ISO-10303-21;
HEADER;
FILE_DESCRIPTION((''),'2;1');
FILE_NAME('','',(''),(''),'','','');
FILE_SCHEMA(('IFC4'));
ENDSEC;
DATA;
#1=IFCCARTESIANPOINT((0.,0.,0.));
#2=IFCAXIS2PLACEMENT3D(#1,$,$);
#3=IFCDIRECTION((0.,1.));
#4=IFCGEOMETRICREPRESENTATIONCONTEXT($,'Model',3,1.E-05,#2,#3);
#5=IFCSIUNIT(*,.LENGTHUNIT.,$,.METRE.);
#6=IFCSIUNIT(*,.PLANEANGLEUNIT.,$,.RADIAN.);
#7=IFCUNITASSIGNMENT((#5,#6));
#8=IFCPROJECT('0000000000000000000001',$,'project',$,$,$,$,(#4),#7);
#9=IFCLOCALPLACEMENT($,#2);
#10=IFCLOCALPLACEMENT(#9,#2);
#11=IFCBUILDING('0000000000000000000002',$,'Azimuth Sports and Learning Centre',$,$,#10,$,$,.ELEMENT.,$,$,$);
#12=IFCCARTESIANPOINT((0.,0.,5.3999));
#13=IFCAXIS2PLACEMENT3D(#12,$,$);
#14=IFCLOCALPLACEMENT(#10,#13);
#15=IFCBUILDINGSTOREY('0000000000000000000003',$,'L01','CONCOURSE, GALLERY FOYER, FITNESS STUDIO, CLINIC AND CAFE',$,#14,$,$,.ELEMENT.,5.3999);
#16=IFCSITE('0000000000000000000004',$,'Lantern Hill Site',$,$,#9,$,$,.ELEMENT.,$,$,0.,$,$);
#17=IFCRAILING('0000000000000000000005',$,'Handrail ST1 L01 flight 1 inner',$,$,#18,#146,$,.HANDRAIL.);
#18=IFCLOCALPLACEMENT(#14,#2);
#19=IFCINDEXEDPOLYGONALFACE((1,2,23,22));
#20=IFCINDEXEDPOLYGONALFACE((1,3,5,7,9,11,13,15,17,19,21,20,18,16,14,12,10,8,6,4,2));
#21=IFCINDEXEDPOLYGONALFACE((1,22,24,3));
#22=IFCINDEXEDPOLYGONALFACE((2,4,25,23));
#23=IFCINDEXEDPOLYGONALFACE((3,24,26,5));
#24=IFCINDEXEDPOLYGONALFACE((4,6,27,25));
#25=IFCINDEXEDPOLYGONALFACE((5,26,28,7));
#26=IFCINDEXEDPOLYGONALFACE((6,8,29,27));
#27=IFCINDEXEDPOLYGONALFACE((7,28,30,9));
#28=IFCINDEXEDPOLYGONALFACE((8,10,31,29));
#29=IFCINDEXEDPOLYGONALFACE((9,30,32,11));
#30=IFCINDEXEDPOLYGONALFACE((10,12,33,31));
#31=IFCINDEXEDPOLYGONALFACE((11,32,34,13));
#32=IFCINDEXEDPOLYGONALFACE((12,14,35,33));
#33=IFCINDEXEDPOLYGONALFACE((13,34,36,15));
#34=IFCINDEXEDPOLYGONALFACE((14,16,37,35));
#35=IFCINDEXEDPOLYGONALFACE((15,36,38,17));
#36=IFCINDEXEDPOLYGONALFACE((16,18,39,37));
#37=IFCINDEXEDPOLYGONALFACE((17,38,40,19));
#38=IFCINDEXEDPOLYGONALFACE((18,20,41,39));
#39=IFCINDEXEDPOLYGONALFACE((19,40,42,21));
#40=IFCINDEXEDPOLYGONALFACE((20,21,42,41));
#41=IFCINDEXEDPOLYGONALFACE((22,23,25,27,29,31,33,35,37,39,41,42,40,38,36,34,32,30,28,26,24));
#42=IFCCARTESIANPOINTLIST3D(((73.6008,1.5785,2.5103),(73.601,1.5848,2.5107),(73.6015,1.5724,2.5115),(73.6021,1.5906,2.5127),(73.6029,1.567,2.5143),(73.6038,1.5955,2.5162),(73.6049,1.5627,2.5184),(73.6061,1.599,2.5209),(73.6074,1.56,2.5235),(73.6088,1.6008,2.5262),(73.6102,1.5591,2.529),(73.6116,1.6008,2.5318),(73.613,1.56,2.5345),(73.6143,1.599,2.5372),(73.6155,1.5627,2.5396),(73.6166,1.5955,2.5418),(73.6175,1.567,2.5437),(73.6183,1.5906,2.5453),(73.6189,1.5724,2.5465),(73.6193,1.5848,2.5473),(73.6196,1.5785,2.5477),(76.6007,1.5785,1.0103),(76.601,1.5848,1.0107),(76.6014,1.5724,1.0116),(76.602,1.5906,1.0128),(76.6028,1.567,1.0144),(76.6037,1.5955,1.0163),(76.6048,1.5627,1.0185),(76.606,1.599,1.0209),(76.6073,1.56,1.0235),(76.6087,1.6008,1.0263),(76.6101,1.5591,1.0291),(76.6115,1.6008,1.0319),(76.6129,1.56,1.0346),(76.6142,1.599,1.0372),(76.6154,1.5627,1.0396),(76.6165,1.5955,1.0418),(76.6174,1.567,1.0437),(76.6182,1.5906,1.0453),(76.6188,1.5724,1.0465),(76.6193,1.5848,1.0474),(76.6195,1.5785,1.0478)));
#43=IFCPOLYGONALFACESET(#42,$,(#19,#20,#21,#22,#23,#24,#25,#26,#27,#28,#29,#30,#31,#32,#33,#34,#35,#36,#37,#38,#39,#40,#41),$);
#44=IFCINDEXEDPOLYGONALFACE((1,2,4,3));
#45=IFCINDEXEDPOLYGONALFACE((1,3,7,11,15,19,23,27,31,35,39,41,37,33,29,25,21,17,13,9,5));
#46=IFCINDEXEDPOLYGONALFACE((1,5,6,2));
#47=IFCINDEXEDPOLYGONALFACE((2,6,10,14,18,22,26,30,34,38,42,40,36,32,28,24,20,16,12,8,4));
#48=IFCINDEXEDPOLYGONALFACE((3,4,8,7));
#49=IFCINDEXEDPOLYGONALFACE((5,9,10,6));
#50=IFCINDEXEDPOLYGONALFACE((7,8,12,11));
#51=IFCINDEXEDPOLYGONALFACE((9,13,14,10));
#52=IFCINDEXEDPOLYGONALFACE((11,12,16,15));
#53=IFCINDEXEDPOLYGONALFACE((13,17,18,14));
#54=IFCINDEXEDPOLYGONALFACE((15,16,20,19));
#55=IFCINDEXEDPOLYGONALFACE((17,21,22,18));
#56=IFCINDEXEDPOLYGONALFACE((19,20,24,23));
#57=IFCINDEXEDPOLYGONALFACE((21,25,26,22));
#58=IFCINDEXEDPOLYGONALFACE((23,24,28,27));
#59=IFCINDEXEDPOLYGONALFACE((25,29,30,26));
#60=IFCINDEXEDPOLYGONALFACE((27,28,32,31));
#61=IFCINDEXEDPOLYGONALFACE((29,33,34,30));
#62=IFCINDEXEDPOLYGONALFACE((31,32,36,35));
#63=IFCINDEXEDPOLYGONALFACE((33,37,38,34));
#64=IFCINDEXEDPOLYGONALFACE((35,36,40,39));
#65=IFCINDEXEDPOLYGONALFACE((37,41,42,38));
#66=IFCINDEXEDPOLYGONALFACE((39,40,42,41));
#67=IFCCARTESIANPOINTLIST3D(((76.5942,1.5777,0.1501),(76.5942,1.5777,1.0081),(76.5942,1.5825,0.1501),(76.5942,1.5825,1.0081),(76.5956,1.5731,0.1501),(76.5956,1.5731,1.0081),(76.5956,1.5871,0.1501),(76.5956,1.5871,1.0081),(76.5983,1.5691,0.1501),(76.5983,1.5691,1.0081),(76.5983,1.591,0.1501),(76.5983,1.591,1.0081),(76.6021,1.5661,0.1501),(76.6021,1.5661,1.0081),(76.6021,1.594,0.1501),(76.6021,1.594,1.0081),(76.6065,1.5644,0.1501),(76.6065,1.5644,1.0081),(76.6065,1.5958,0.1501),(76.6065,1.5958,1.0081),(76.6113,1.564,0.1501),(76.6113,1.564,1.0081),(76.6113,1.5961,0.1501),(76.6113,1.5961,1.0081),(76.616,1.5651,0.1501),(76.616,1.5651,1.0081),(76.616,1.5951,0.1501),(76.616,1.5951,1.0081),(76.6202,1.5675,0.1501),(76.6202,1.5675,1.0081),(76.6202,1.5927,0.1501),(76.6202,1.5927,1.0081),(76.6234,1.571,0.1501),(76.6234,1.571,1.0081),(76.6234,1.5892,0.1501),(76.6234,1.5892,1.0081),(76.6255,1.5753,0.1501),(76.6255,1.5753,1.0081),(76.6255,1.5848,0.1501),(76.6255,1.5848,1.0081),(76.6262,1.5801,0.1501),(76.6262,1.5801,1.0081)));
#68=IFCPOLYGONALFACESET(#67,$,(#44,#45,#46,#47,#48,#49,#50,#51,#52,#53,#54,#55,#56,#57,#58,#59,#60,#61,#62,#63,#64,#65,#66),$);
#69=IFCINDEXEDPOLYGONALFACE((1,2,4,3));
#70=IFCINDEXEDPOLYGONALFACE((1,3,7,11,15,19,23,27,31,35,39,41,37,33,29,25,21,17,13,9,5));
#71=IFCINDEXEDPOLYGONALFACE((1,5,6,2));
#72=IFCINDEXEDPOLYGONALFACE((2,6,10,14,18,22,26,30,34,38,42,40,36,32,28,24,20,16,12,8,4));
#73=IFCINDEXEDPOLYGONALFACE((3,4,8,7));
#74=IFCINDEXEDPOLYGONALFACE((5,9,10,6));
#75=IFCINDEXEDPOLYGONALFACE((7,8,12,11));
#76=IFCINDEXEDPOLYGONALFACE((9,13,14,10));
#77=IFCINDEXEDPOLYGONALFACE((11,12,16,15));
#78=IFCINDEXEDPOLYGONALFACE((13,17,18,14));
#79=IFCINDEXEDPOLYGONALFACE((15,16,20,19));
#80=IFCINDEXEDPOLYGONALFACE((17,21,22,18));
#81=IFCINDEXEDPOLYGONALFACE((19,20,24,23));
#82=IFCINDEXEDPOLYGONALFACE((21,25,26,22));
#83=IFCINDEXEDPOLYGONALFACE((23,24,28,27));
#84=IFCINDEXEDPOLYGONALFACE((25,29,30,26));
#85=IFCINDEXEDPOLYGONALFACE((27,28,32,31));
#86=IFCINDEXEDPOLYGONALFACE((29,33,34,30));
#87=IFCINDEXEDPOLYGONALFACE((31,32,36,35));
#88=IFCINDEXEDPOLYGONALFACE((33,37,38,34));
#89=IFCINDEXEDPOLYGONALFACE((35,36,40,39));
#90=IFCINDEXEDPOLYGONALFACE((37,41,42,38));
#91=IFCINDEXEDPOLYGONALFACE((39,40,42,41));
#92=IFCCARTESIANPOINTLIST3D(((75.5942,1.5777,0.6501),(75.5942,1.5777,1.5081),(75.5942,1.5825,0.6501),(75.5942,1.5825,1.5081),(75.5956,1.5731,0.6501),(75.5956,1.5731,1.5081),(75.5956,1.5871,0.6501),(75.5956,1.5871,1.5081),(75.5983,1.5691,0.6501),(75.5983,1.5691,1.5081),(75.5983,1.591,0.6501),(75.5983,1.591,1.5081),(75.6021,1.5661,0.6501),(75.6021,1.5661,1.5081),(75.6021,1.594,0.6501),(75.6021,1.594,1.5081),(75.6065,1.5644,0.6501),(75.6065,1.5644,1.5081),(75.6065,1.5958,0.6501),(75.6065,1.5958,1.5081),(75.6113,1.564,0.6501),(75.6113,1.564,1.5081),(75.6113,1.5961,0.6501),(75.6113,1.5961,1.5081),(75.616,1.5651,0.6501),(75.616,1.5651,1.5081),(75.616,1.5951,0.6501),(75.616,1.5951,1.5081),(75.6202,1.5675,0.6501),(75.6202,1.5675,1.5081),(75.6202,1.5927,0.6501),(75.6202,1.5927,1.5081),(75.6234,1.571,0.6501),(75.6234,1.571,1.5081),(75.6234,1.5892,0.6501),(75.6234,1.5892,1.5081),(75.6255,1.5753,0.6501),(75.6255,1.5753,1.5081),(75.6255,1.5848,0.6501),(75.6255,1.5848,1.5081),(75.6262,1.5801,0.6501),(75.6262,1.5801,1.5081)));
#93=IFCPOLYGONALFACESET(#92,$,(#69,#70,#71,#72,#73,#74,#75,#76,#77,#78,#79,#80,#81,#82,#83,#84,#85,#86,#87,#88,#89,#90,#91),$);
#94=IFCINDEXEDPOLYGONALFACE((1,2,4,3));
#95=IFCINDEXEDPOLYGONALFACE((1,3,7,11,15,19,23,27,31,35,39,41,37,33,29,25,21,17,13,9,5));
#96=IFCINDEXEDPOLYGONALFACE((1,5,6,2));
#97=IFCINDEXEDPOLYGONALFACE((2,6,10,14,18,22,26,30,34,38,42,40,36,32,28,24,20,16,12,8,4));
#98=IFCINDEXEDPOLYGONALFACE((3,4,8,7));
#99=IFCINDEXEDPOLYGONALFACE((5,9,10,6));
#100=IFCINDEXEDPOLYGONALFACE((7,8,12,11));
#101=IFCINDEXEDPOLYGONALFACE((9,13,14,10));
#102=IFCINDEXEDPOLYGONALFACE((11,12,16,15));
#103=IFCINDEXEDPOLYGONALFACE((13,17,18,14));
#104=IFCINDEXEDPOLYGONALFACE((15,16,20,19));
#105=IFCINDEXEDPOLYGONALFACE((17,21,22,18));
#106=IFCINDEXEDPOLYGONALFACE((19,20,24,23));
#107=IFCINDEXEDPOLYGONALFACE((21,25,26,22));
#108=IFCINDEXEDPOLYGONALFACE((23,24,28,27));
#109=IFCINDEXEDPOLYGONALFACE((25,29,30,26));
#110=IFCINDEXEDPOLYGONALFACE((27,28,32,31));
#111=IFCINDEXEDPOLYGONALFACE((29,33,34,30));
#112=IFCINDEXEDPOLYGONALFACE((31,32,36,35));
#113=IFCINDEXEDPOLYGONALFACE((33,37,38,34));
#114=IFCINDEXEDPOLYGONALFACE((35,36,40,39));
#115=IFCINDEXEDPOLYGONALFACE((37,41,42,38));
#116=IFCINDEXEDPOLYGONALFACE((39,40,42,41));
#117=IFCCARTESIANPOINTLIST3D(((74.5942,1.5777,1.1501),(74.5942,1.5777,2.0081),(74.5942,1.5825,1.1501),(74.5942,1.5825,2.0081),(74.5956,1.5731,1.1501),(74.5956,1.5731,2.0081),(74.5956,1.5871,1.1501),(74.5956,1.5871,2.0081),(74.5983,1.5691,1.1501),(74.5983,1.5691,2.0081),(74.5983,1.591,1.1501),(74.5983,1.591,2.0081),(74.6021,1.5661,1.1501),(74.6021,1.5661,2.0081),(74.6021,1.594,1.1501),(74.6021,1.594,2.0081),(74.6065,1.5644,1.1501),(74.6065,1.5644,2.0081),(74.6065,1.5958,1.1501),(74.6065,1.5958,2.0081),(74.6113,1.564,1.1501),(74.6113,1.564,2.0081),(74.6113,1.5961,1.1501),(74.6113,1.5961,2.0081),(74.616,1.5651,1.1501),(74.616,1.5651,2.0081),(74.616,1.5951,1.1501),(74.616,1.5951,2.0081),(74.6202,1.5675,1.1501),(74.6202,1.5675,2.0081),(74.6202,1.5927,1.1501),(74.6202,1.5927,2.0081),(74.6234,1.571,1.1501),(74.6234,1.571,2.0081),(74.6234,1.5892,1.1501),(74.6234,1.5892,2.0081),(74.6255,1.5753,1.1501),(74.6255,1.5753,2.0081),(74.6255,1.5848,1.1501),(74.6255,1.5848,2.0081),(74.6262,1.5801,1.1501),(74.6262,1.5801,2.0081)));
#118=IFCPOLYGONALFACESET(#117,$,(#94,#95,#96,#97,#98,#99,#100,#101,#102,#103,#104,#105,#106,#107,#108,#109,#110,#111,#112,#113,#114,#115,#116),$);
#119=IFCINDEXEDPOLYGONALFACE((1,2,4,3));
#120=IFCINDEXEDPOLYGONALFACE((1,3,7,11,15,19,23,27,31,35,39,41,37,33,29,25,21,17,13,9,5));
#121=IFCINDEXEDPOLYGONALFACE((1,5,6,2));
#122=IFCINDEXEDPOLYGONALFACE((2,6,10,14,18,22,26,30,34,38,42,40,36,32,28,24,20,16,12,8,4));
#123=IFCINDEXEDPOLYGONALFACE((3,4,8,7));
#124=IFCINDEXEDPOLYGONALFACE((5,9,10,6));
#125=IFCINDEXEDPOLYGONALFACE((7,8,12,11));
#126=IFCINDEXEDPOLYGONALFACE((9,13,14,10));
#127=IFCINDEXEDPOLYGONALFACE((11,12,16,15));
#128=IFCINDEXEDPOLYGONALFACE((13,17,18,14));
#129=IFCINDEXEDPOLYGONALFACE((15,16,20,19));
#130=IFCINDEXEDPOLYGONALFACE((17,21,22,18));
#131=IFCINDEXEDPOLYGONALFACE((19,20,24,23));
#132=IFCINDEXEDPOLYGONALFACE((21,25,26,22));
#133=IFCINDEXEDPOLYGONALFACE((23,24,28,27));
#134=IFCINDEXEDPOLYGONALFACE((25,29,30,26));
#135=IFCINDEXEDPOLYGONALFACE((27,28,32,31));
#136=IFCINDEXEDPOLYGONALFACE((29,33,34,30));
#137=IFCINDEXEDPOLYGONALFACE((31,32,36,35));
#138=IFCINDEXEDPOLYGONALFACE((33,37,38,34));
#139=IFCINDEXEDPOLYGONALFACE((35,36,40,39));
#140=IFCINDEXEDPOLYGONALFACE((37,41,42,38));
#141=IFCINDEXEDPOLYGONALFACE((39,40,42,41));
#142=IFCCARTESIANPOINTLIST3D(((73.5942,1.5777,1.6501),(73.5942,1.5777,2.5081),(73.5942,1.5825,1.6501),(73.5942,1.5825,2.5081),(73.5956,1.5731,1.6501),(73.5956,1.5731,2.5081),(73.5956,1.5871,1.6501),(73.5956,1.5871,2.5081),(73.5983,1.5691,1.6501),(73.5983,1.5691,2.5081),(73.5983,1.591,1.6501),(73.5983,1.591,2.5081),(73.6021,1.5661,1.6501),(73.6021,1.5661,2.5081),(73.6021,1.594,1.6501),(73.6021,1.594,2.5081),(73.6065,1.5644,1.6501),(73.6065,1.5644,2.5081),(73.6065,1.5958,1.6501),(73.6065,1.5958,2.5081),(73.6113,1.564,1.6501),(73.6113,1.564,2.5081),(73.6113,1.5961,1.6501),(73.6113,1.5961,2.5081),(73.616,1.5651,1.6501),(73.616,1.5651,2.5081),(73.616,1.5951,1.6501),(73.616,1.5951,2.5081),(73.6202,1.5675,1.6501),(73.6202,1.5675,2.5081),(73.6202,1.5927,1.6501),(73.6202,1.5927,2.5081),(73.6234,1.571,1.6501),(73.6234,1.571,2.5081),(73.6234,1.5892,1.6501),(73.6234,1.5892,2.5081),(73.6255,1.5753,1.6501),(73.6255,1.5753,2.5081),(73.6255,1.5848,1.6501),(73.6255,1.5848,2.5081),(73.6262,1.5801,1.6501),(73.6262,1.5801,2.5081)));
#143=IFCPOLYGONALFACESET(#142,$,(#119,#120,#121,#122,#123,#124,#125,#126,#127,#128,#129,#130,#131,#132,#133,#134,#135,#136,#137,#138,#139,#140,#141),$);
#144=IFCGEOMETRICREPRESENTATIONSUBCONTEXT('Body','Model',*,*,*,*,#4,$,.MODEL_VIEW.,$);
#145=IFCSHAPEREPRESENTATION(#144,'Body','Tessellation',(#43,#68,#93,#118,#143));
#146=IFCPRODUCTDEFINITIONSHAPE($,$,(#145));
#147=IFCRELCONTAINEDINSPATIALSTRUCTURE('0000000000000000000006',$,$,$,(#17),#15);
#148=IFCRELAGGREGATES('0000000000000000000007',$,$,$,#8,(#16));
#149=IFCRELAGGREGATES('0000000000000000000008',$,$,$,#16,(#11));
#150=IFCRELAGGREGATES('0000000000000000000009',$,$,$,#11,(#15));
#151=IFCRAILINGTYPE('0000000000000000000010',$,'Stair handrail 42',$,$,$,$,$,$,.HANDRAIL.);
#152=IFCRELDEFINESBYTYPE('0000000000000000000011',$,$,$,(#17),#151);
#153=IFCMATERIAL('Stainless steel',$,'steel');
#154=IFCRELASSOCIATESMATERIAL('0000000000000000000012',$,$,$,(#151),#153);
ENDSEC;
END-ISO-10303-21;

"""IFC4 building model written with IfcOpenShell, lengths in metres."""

from ifc_helpers import new_model, si_unit, direction, frame, origin, origin_2d, place, context, subcontext, project, spatial, circle, extrude, material, type_object, element, save


model = new_model("IFC4")

# Units and contexts
model_context = context("Model", 3, precision=1e-05, world=origin(), true_north=direction((0.0, 1.0)))
body_context = subcontext(model_context, "Body", "Model", "MODEL_VIEW")
ifc_project = project(units=[si_unit("LENGTHUNIT", "METRE"), si_unit("PLANEANGLEUNIT", "RADIAN")], contexts=[model_context])

# Site, building, storey
site_placement = place(None, origin())
site = spatial("IfcSite", under=ifc_project, at=site_placement, Name="Lantern Hill Site", CompositionType="ELEMENT", RefElevation=0.0)
building_placement = place(site_placement, origin())
building = spatial("IfcBuilding", under=site, at=building_placement, Name="Azimuth Sports and Learning Centre", CompositionType="ELEMENT")
storey_placement = place(building_placement, frame((0.0, 0.0, 5.3999)))
storey = spatial("IfcBuildingStorey", under=building, at=storey_placement, Name="L01", Description="CONCOURSE, GALLERY FOYER, FITNESS STUDIO, CLINIC AND CAFE", CompositionType="ELEMENT", Elevation=5.3999)

# Railing
ifc_material_1 = material(Name="Stainless steel", Category="steel")
railing_type_1 = type_object("IfcRailingType", Name="Stair handrail 42", PredefinedType="HANDRAIL", material=ifc_material_1)
for number, where, name in (
    (1, (76.6101, 1.5801, 0.1501), "Handrail ST1 L01 flight 1 inner"),
):
    element("IfcRailing", number, at=place(storey_placement, frame(where)), inside=storey, type_object=railing_type_1, Name=name, PredefinedType="HANDRAIL", context=body_context, shape_type="SweptSolid", body=[
        extrude(circle(Radius=0.021, at=origin_2d()), frame((0.0, 0.0, 0.8789), z_axis=(-0.894427, 0.0, 0.447214), x_axis=(0.0, -1.0, 0.0)), (0.0, 0.0, 1.0), 3.354),
        extrude(circle(Radius=0.0161, at=origin_2d()), origin(), (0.0, 0.0, 1.0), 0.8579),
        extrude(circle(Radius=0.0161, at=origin_2d()), frame((-1.0, 0.0, 0.5)), (0.0, 0.0, 1.0), 0.8579),
        extrude(circle(Radius=0.0161, at=origin_2d()), frame((-2.0, 0.0, 1.0)), (0.0, 0.0, 1.0), 0.8579),
        extrude(circle(Radius=0.0161, at=origin_2d()), frame((-3.0, 0.0, 1.5)), (0.0, 0.0, 1.0), 0.8579),
    ])

save(model, "model.ifc")
